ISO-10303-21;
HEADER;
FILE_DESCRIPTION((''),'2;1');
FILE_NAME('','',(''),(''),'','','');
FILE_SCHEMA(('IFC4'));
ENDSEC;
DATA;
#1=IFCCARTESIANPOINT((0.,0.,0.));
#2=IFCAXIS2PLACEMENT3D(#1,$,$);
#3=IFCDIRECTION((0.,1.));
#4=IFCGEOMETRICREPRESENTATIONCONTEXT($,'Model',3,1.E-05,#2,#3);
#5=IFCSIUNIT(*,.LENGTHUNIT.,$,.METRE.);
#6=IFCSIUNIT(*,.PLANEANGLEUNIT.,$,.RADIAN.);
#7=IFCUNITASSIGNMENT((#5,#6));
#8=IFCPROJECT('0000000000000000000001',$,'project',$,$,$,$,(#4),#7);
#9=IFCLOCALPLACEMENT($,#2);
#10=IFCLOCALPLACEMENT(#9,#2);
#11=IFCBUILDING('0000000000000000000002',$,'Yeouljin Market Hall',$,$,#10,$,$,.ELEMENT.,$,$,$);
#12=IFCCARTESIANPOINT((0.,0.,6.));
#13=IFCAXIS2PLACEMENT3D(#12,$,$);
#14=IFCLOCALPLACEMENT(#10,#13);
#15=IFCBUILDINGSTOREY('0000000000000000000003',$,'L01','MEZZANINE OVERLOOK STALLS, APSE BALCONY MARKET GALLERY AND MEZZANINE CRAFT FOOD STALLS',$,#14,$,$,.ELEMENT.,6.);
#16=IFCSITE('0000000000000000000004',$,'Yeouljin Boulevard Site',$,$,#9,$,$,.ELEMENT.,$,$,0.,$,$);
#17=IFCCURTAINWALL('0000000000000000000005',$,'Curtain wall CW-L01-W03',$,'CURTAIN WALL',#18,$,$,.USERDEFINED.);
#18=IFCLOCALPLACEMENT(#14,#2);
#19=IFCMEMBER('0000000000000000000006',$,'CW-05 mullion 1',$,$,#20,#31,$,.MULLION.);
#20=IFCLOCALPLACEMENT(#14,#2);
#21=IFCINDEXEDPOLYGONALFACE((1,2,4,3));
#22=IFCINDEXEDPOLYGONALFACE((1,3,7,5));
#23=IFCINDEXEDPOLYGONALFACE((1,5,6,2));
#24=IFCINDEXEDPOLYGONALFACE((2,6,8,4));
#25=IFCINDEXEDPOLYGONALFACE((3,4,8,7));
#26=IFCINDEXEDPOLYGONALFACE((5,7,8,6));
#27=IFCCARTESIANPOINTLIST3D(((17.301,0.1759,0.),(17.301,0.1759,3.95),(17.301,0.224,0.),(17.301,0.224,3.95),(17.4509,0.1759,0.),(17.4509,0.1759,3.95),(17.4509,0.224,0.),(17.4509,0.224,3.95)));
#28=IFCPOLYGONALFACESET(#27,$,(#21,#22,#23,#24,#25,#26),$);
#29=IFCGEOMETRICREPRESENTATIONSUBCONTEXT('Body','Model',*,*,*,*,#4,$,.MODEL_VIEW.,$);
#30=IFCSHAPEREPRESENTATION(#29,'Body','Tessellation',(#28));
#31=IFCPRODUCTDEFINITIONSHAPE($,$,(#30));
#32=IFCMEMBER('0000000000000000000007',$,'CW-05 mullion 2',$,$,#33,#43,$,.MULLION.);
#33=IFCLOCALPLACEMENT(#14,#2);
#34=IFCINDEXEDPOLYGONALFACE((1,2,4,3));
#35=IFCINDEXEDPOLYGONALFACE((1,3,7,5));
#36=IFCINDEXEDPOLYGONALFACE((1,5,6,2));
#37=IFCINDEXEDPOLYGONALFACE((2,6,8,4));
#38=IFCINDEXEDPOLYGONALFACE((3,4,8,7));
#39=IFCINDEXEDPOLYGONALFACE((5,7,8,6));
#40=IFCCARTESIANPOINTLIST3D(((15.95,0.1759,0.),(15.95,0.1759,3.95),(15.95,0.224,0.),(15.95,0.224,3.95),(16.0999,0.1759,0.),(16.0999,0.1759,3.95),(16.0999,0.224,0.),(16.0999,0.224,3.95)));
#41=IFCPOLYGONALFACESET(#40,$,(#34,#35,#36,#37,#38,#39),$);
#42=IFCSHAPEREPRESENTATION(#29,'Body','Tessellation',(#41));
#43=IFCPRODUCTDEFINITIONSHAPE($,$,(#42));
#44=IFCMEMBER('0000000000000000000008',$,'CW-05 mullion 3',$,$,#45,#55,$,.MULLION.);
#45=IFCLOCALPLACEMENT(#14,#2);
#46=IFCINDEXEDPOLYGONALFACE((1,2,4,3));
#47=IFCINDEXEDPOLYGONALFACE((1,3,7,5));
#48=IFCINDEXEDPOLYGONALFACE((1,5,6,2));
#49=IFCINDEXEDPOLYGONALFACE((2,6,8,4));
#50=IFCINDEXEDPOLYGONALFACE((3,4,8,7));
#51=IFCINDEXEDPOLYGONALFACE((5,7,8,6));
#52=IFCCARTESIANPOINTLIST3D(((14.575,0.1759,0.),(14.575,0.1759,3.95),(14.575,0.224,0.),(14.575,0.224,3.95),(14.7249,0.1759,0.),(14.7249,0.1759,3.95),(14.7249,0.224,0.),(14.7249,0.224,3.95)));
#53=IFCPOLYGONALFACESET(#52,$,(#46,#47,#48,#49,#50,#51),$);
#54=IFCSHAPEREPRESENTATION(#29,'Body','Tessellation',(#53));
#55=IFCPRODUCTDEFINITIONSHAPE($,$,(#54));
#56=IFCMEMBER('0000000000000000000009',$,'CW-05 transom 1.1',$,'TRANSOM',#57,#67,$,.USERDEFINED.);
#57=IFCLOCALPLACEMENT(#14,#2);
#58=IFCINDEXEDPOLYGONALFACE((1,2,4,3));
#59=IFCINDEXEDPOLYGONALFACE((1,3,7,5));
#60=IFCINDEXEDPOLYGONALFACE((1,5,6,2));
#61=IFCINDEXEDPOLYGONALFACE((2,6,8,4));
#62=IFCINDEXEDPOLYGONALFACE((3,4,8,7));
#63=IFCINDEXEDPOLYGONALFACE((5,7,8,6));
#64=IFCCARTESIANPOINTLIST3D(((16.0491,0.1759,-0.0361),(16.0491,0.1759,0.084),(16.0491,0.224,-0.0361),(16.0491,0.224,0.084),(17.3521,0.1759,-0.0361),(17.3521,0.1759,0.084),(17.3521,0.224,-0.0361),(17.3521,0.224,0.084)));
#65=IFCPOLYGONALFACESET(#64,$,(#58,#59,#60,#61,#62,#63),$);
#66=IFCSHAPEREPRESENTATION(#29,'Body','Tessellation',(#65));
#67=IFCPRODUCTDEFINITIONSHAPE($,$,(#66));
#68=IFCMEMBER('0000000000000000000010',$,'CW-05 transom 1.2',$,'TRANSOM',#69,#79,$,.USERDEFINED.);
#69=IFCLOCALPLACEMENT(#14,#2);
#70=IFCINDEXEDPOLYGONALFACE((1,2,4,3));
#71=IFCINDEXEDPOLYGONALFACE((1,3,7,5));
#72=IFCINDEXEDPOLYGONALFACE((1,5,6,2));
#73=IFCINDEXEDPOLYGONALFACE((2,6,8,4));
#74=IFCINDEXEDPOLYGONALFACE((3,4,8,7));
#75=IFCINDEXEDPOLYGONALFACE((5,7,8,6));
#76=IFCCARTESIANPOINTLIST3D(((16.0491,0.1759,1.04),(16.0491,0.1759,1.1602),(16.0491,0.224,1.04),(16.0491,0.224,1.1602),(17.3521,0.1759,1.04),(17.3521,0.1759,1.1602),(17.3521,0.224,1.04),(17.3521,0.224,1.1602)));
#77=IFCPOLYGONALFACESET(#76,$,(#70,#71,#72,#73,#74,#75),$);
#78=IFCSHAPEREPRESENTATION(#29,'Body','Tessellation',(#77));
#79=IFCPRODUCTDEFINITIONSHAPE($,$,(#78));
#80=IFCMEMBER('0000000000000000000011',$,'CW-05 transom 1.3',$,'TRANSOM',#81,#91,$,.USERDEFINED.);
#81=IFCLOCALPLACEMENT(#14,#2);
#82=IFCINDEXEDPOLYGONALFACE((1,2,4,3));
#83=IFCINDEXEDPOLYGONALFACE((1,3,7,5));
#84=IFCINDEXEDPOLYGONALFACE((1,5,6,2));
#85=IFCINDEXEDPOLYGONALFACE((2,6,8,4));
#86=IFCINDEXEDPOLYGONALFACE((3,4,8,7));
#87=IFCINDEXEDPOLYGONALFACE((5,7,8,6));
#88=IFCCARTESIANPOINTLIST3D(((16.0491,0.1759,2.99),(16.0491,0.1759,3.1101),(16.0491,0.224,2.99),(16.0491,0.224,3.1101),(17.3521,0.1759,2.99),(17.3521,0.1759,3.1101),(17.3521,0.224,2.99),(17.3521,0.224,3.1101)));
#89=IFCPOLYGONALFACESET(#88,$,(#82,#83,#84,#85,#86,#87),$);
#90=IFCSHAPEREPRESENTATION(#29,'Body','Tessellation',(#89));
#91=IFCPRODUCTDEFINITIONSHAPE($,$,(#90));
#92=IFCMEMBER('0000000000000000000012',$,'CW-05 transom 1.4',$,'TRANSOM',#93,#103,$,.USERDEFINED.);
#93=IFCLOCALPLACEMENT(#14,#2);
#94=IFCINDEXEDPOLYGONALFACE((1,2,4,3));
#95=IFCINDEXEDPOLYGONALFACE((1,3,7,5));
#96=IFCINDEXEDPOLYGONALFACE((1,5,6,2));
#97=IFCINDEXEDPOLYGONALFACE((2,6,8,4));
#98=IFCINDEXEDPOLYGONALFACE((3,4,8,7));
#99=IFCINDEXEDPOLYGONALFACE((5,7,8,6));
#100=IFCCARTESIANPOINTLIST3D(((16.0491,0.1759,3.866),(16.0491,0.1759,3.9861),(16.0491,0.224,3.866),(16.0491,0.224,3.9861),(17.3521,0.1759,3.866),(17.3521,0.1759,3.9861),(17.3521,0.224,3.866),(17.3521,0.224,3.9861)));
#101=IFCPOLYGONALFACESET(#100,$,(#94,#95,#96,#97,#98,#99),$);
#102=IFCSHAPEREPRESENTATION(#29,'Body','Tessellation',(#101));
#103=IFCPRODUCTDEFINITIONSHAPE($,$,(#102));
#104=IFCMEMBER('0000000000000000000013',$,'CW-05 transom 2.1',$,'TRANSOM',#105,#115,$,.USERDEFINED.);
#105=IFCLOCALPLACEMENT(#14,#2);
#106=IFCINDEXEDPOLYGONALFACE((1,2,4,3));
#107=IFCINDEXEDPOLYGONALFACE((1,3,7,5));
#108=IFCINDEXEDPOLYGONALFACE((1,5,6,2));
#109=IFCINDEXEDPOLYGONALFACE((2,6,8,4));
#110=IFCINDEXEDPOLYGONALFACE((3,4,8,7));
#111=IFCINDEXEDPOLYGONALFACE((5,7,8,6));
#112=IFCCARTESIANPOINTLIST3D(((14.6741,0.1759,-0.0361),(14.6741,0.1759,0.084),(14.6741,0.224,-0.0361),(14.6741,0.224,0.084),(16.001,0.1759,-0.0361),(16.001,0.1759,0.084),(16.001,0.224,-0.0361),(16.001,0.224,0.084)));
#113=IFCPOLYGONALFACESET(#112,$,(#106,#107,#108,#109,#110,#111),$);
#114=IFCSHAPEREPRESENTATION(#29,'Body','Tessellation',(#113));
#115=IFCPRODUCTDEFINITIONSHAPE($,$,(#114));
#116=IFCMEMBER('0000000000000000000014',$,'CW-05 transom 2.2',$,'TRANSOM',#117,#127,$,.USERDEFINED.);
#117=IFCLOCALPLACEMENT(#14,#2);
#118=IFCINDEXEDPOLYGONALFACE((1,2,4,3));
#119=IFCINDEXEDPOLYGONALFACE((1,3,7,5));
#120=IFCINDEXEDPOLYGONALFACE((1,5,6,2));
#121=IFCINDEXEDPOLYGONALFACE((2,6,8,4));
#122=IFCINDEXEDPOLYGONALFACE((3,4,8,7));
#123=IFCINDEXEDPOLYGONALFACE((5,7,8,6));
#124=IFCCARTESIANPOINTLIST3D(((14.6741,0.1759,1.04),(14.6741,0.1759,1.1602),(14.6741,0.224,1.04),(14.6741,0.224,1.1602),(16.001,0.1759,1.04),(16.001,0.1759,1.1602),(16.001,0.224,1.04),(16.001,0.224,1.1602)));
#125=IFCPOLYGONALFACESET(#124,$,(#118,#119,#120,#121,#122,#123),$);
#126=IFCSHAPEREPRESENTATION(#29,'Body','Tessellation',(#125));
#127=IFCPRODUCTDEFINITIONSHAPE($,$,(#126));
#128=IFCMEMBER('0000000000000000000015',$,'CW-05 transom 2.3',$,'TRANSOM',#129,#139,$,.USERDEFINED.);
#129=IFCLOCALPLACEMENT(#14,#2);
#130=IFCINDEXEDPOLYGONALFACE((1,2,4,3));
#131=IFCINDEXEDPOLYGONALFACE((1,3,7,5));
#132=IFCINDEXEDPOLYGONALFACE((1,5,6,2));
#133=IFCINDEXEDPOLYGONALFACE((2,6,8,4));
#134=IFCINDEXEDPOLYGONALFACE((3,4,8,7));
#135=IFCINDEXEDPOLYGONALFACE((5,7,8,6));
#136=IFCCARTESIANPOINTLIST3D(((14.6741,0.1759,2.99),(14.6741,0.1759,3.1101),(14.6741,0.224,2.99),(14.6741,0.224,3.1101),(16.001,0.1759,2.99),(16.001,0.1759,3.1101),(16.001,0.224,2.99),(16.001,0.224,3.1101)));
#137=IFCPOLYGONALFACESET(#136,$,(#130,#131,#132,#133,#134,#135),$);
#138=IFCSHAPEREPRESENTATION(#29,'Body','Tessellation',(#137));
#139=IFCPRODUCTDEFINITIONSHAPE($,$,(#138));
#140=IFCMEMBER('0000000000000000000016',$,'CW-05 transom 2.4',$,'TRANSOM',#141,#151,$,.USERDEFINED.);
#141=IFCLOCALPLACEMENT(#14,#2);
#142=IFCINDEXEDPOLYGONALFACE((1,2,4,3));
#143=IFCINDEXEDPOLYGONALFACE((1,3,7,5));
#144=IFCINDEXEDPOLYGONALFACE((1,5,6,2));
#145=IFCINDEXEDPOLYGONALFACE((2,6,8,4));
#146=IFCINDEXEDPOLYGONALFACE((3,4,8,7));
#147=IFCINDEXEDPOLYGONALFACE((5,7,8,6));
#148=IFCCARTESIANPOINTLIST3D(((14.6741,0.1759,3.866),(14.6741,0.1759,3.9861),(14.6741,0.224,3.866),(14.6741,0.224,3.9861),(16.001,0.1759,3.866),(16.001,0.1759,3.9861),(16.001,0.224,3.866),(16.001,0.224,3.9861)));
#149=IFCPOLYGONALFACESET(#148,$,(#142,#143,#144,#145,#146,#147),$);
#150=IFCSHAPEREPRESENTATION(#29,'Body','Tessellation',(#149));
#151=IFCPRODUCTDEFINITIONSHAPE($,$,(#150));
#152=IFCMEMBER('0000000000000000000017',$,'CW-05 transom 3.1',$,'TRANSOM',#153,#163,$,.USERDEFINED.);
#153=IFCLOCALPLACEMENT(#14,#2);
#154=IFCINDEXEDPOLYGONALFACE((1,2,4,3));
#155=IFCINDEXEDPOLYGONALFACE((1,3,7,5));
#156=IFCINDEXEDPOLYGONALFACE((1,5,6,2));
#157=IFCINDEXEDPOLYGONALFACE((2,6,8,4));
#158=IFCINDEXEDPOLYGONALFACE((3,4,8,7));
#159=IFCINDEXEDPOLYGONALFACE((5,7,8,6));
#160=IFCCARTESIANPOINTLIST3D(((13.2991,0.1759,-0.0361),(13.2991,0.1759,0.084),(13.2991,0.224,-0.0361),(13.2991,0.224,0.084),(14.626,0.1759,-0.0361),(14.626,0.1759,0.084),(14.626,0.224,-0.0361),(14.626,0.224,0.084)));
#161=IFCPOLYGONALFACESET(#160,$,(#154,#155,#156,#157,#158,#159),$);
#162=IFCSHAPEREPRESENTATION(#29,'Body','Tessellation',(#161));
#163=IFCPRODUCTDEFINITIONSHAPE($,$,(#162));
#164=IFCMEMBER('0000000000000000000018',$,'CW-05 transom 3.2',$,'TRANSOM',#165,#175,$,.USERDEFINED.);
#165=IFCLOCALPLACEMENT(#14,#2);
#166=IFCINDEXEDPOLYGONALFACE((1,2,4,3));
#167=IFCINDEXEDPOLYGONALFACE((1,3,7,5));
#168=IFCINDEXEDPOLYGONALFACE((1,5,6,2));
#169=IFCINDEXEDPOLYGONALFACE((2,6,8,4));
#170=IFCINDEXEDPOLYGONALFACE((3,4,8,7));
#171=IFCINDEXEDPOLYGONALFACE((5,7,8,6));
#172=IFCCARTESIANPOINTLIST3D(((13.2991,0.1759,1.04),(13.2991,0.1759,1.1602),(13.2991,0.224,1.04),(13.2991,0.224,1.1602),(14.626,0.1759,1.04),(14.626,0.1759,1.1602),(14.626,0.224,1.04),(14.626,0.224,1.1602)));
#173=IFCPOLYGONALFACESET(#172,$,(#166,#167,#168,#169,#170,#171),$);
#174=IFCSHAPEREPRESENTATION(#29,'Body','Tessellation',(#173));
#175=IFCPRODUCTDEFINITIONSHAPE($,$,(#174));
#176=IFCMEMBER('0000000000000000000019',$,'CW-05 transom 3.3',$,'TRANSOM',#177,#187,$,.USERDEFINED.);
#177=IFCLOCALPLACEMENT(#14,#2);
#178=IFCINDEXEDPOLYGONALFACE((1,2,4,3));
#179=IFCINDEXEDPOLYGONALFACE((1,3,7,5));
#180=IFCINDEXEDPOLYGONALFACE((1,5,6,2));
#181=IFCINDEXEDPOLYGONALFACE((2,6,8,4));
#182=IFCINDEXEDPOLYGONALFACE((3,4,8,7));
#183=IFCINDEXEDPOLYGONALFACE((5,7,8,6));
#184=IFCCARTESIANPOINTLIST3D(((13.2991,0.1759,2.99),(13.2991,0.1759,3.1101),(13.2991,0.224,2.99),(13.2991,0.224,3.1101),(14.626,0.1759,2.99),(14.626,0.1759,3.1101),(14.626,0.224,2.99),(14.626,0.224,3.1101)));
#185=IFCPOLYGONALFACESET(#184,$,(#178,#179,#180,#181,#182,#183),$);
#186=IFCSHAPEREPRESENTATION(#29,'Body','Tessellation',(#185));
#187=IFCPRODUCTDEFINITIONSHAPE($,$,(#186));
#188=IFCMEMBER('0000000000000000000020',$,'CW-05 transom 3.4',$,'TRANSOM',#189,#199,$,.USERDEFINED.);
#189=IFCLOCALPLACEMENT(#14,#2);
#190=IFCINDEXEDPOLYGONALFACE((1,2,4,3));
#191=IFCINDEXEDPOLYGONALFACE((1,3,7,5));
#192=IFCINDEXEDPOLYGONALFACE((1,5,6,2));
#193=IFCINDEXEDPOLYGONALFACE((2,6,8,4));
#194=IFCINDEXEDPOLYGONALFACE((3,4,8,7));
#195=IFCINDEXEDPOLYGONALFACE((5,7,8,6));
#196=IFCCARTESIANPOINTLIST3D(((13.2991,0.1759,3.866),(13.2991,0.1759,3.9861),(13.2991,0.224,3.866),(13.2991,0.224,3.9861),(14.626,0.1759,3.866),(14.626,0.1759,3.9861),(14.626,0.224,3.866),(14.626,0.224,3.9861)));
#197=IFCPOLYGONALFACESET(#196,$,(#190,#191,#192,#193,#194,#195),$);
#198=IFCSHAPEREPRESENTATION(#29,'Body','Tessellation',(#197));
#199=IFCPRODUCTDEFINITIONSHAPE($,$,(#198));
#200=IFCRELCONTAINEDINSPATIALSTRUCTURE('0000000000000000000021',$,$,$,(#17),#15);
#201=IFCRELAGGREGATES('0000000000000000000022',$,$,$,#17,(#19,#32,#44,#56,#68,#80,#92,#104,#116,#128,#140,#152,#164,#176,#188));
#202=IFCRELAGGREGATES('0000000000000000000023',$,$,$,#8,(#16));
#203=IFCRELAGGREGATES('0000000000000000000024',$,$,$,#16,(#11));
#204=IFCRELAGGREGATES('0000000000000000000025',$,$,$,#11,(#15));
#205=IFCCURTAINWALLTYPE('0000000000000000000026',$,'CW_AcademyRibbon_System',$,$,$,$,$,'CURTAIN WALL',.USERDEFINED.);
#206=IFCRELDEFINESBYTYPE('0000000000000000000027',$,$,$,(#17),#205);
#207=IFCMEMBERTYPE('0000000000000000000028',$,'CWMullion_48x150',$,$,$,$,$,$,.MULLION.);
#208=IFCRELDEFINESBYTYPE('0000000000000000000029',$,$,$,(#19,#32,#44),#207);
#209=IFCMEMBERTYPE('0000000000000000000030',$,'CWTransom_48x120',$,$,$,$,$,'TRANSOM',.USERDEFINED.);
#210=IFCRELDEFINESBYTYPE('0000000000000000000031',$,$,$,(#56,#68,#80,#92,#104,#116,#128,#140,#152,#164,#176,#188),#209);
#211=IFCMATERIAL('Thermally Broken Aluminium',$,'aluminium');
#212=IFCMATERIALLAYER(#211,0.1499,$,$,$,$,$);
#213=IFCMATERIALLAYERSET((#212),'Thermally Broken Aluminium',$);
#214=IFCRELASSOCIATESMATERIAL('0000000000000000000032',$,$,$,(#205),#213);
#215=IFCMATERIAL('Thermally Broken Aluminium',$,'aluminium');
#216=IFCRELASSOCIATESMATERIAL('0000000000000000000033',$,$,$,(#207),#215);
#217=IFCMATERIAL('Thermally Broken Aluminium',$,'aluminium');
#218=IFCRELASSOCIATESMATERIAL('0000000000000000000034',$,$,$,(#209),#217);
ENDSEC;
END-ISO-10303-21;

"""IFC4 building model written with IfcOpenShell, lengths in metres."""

from ifc_helpers import new_model, si_unit, direction, frame, origin, origin_2d, place, context, subcontext, project, spatial, rectangle, extrude, material, layer, layer_set, material_profile, profile_set, type_object, element, aggregate, save


model = new_model("IFC4")

# Units and contexts
model_context = context("Model", 3, precision=1e-05, world=origin(), true_north=direction((0.0, 1.0)))
body_context = subcontext(model_context, "Body", "Model", "MODEL_VIEW")
ifc_project = project(units=[si_unit("LENGTHUNIT", "METRE"), si_unit("PLANEANGLEUNIT", "RADIAN")], contexts=[model_context])

# Site, building, storey
site_placement = place(None, origin())
site = spatial("IfcSite", under=ifc_project, at=site_placement, Name="Yeouljin Boulevard Site", CompositionType="ELEMENT", RefElevation=0.0)
building_placement = place(site_placement, origin())
building = spatial("IfcBuilding", under=site, at=building_placement, Name="Yeouljin Market Hall", CompositionType="ELEMENT")
storey_placement = place(building_placement, frame((0.0, 0.0, 6.0)))
storey = spatial("IfcBuildingStorey", under=building, at=storey_placement, Name="L01", Description="MEZZANINE OVERLOOK STALLS, APSE BALCONY MARKET GALLERY AND MEZZANINE CRAFT FOOD STALLS", CompositionType="ELEMENT", Elevation=6.0)

# Curtain wall, members
ifc_material_1 = material(Name="Thermally Broken Aluminium", Category="aluminium")
ifc_layer_1 = layer(ifc_material_1, 0.1499)
ifc_layer_set_1 = layer_set([ifc_layer_1], Name="Thermally Broken Aluminium")
curtain_wall_type = type_object("IfcCurtainWallType", Name="CW_AcademyRibbon_System", ElementType="CURTAIN WALL", PredefinedType="USERDEFINED", material=ifc_layer_set_1)
curtain_wall_placement = place(storey_placement, origin())
curtain_wall = element("IfcCurtainWall", 1, at=curtain_wall_placement, inside=storey, type_object=curtain_wall_type, Name="Curtain wall CW-L01-W03", ObjectType="CURTAIN WALL", PredefinedType="USERDEFINED")
ifc_material_2 = material(Name="Thermally Broken Aluminium", Category="aluminium")
ifc_material_profile_1 = material_profile(ifc_material_2, rectangle(XDim=0.0481, YDim=0.1499, at=origin_2d()), Name="CW-MULL-48x150")
ifc_profile_set_1 = profile_set([ifc_material_profile_1], Name="Thermally Broken Aluminium")
member_type_1 = type_object("IfcMemberType", Name="CWMullion_48x150", PredefinedType="MULLION", material=ifc_profile_set_1)
member_1_placement = place(storey_placement, frame((17.376, 0.2, 0.0), z_axis=(0.0, 0.0, 1.0), x_axis=(0.0, -1.0, 0.0)))
member_1 = element("IfcMember", 2, at=member_1_placement, type_object=member_type_1, Name="CW-05 mullion 1", PredefinedType="MULLION", context=body_context, shape_type="SweptSolid", body=[
    extrude(rectangle(XDim=0.0481, YDim=0.1499, at=origin_2d()), origin(), (0.0, 0.0, 1.0), 3.95),
])
member_2_placement = place(storey_placement, frame((16.0249, 0.2, 0.0), z_axis=(0.0, 0.0, 1.0), x_axis=(0.0, -1.0, 0.0)))
member_2 = element("IfcMember", 3, at=member_2_placement, type_object=member_type_1, Name="CW-05 mullion 2", PredefinedType="MULLION", context=body_context, shape_type="SweptSolid", body=[
    extrude(rectangle(XDim=0.0481, YDim=0.1499, at=origin_2d()), origin(), (0.0, 0.0, 1.0), 3.95),
])
member_3_placement = place(storey_placement, frame((14.6499, 0.2, 0.0), z_axis=(0.0, 0.0, 1.0), x_axis=(0.0, -1.0, 0.0)))
member_3 = element("IfcMember", 4, at=member_3_placement, type_object=member_type_1, Name="CW-05 mullion 3", PredefinedType="MULLION", context=body_context, shape_type="SweptSolid", body=[
    extrude(rectangle(XDim=0.0481, YDim=0.1499, at=origin_2d()), origin(), (0.0, 0.0, 1.0), 3.95),
])
ifc_material_3 = material(Name="Thermally Broken Aluminium", Category="aluminium")
ifc_material_profile_2 = material_profile(ifc_material_3, rectangle(XDim=0.0481, YDim=0.1201, at=origin_2d()), Name="CW-TRAN-48x120")
ifc_profile_set_2 = profile_set([ifc_material_profile_2], Name="Thermally Broken Aluminium")
member_type_2 = type_object("IfcMemberType", Name="CWTransom_48x120", ElementType="TRANSOM", PredefinedType="USERDEFINED", material=ifc_profile_set_2)
member_4_placement = place(storey_placement, frame((17.3521, 0.2, 0.0239), z_axis=(-1.0, 0.0, 0.0), x_axis=(0.0, -1.0, 0.0)))
member_4 = element("IfcMember", 5, at=member_4_placement, type_object=member_type_2, Name="CW-05 transom 1.1", ObjectType="TRANSOM", PredefinedType="USERDEFINED", context=body_context, shape_type="SweptSolid", body=[
    extrude(rectangle(XDim=0.0481, YDim=0.1201, at=origin_2d()), origin(), (0.0, 0.0, 1.0), 1.303),
])
member_5_placement = place(storey_placement, frame((17.3521, 0.2, 1.1001), z_axis=(-1.0, 0.0, 0.0), x_axis=(0.0, -1.0, 0.0)))
member_5 = element("IfcMember", 6, at=member_5_placement, type_object=member_type_2, Name="CW-05 transom 1.2", ObjectType="TRANSOM", PredefinedType="USERDEFINED", context=body_context, shape_type="SweptSolid", body=[
    extrude(rectangle(XDim=0.0481, YDim=0.1201, at=origin_2d()), origin(), (0.0, 0.0, 1.0), 1.303),
])
member_6_placement = place(storey_placement, frame((17.3521, 0.2, 3.05), z_axis=(-1.0, 0.0, 0.0), x_axis=(0.0, -1.0, 0.0)))
member_6 = element("IfcMember", 7, at=member_6_placement, type_object=member_type_2, Name="CW-05 transom 1.3", ObjectType="TRANSOM", PredefinedType="USERDEFINED", context=body_context, shape_type="SweptSolid", body=[
    extrude(rectangle(XDim=0.0481, YDim=0.1201, at=origin_2d()), origin(), (0.0, 0.0, 1.0), 1.303),
])
member_7_placement = place(storey_placement, frame((17.3521, 0.2, 3.926), z_axis=(-1.0, 0.0, 0.0), x_axis=(0.0, -1.0, 0.0)))
member_7 = element("IfcMember", 8, at=member_7_placement, type_object=member_type_2, Name="CW-05 transom 1.4", ObjectType="TRANSOM", PredefinedType="USERDEFINED", context=body_context, shape_type="SweptSolid", body=[
    extrude(rectangle(XDim=0.0481, YDim=0.1201, at=origin_2d()), origin(), (0.0, 0.0, 1.0), 1.303),
])
member_8_placement = place(storey_placement, frame((16.001, 0.2, 0.0239), z_axis=(-1.0, 0.0, 0.0), x_axis=(0.0, -1.0, 0.0)))
member_8 = element("IfcMember", 9, at=member_8_placement, type_object=member_type_2, Name="CW-05 transom 2.1", ObjectType="TRANSOM", PredefinedType="USERDEFINED", context=body_context, shape_type="SweptSolid", body=[
    extrude(rectangle(XDim=0.0481, YDim=0.1201, at=origin_2d()), origin(), (0.0, 0.0, 1.0), 1.3269),
])
member_9_placement = place(storey_placement, frame((16.001, 0.2, 1.1001), z_axis=(-1.0, 0.0, 0.0), x_axis=(0.0, -1.0, 0.0)))
member_9 = element("IfcMember", 10, at=member_9_placement, type_object=member_type_2, Name="CW-05 transom 2.2", ObjectType="TRANSOM", PredefinedType="USERDEFINED", context=body_context, shape_type="SweptSolid", body=[
    extrude(rectangle(XDim=0.0481, YDim=0.1201, at=origin_2d()), origin(), (0.0, 0.0, 1.0), 1.3269),
])
member_10_placement = place(storey_placement, frame((16.001, 0.2, 3.05), z_axis=(-1.0, 0.0, 0.0), x_axis=(0.0, -1.0, 0.0)))
member_10 = element("IfcMember", 11, at=member_10_placement, type_object=member_type_2, Name="CW-05 transom 2.3", ObjectType="TRANSOM", PredefinedType="USERDEFINED", context=body_context, shape_type="SweptSolid", body=[
    extrude(rectangle(XDim=0.0481, YDim=0.1201, at=origin_2d()), origin(), (0.0, 0.0, 1.0), 1.3269),
])
member_11_placement = place(storey_placement, frame((16.001, 0.2, 3.926), z_axis=(-1.0, 0.0, 0.0), x_axis=(0.0, -1.0, 0.0)))
member_11 = element("IfcMember", 12, at=member_11_placement, type_object=member_type_2, Name="CW-05 transom 2.4", ObjectType="TRANSOM", PredefinedType="USERDEFINED", context=body_context, shape_type="SweptSolid", body=[
    extrude(rectangle(XDim=0.0481, YDim=0.1201, at=origin_2d()), origin(), (0.0, 0.0, 1.0), 1.3269),
])
member_12_placement = place(storey_placement, frame((14.626, 0.2, 0.0239), z_axis=(-1.0, 0.0, 0.0), x_axis=(0.0, -1.0, 0.0)))
member_12 = element("IfcMember", 13, at=member_12_placement, type_object=member_type_2, Name="CW-05 transom 3.1", ObjectType="TRANSOM", PredefinedType="USERDEFINED", context=body_context, shape_type="SweptSolid", body=[
    extrude(rectangle(XDim=0.0481, YDim=0.1201, at=origin_2d()), origin(), (0.0, 0.0, 1.0), 1.3269),
])
member_13_placement = place(storey_placement, frame((14.626, 0.2, 1.1001), z_axis=(-1.0, 0.0, 0.0), x_axis=(0.0, -1.0, 0.0)))
member_13 = element("IfcMember", 14, at=member_13_placement, type_object=member_type_2, Name="CW-05 transom 3.2", ObjectType="TRANSOM", PredefinedType="USERDEFINED", context=body_context, shape_type="SweptSolid", body=[
    extrude(rectangle(XDim=0.0481, YDim=0.1201, at=origin_2d()), origin(), (0.0, 0.0, 1.0), 1.3269),
])
member_14_placement = place(storey_placement, frame((14.626, 0.2, 3.05), z_axis=(-1.0, 0.0, 0.0), x_axis=(0.0, -1.0, 0.0)))
member_14 = element("IfcMember", 15, at=member_14_placement, type_object=member_type_2, Name="CW-05 transom 3.3", ObjectType="TRANSOM", PredefinedType="USERDEFINED", context=body_context, shape_type="SweptSolid", body=[
    extrude(rectangle(XDim=0.0481, YDim=0.1201, at=origin_2d()), origin(), (0.0, 0.0, 1.0), 1.3269),
])
member_15_placement = place(storey_placement, frame((14.626, 0.2, 3.926), z_axis=(-1.0, 0.0, 0.0), x_axis=(0.0, -1.0, 0.0)))
member_15 = element("IfcMember", 16, at=member_15_placement, type_object=member_type_2, Name="CW-05 transom 3.4", ObjectType="TRANSOM", PredefinedType="USERDEFINED", context=body_context, shape_type="SweptSolid", body=[
    extrude(rectangle(XDim=0.0481, YDim=0.1201, at=origin_2d()), origin(), (0.0, 0.0, 1.0), 1.3269),
])

aggregate(curtain_wall, [member_1, member_2, member_3, member_4, member_5, member_6, member_7, member_8, member_9, member_10, member_11, member_12, member_13, member_14, member_15])

save(model, "model.ifc")
